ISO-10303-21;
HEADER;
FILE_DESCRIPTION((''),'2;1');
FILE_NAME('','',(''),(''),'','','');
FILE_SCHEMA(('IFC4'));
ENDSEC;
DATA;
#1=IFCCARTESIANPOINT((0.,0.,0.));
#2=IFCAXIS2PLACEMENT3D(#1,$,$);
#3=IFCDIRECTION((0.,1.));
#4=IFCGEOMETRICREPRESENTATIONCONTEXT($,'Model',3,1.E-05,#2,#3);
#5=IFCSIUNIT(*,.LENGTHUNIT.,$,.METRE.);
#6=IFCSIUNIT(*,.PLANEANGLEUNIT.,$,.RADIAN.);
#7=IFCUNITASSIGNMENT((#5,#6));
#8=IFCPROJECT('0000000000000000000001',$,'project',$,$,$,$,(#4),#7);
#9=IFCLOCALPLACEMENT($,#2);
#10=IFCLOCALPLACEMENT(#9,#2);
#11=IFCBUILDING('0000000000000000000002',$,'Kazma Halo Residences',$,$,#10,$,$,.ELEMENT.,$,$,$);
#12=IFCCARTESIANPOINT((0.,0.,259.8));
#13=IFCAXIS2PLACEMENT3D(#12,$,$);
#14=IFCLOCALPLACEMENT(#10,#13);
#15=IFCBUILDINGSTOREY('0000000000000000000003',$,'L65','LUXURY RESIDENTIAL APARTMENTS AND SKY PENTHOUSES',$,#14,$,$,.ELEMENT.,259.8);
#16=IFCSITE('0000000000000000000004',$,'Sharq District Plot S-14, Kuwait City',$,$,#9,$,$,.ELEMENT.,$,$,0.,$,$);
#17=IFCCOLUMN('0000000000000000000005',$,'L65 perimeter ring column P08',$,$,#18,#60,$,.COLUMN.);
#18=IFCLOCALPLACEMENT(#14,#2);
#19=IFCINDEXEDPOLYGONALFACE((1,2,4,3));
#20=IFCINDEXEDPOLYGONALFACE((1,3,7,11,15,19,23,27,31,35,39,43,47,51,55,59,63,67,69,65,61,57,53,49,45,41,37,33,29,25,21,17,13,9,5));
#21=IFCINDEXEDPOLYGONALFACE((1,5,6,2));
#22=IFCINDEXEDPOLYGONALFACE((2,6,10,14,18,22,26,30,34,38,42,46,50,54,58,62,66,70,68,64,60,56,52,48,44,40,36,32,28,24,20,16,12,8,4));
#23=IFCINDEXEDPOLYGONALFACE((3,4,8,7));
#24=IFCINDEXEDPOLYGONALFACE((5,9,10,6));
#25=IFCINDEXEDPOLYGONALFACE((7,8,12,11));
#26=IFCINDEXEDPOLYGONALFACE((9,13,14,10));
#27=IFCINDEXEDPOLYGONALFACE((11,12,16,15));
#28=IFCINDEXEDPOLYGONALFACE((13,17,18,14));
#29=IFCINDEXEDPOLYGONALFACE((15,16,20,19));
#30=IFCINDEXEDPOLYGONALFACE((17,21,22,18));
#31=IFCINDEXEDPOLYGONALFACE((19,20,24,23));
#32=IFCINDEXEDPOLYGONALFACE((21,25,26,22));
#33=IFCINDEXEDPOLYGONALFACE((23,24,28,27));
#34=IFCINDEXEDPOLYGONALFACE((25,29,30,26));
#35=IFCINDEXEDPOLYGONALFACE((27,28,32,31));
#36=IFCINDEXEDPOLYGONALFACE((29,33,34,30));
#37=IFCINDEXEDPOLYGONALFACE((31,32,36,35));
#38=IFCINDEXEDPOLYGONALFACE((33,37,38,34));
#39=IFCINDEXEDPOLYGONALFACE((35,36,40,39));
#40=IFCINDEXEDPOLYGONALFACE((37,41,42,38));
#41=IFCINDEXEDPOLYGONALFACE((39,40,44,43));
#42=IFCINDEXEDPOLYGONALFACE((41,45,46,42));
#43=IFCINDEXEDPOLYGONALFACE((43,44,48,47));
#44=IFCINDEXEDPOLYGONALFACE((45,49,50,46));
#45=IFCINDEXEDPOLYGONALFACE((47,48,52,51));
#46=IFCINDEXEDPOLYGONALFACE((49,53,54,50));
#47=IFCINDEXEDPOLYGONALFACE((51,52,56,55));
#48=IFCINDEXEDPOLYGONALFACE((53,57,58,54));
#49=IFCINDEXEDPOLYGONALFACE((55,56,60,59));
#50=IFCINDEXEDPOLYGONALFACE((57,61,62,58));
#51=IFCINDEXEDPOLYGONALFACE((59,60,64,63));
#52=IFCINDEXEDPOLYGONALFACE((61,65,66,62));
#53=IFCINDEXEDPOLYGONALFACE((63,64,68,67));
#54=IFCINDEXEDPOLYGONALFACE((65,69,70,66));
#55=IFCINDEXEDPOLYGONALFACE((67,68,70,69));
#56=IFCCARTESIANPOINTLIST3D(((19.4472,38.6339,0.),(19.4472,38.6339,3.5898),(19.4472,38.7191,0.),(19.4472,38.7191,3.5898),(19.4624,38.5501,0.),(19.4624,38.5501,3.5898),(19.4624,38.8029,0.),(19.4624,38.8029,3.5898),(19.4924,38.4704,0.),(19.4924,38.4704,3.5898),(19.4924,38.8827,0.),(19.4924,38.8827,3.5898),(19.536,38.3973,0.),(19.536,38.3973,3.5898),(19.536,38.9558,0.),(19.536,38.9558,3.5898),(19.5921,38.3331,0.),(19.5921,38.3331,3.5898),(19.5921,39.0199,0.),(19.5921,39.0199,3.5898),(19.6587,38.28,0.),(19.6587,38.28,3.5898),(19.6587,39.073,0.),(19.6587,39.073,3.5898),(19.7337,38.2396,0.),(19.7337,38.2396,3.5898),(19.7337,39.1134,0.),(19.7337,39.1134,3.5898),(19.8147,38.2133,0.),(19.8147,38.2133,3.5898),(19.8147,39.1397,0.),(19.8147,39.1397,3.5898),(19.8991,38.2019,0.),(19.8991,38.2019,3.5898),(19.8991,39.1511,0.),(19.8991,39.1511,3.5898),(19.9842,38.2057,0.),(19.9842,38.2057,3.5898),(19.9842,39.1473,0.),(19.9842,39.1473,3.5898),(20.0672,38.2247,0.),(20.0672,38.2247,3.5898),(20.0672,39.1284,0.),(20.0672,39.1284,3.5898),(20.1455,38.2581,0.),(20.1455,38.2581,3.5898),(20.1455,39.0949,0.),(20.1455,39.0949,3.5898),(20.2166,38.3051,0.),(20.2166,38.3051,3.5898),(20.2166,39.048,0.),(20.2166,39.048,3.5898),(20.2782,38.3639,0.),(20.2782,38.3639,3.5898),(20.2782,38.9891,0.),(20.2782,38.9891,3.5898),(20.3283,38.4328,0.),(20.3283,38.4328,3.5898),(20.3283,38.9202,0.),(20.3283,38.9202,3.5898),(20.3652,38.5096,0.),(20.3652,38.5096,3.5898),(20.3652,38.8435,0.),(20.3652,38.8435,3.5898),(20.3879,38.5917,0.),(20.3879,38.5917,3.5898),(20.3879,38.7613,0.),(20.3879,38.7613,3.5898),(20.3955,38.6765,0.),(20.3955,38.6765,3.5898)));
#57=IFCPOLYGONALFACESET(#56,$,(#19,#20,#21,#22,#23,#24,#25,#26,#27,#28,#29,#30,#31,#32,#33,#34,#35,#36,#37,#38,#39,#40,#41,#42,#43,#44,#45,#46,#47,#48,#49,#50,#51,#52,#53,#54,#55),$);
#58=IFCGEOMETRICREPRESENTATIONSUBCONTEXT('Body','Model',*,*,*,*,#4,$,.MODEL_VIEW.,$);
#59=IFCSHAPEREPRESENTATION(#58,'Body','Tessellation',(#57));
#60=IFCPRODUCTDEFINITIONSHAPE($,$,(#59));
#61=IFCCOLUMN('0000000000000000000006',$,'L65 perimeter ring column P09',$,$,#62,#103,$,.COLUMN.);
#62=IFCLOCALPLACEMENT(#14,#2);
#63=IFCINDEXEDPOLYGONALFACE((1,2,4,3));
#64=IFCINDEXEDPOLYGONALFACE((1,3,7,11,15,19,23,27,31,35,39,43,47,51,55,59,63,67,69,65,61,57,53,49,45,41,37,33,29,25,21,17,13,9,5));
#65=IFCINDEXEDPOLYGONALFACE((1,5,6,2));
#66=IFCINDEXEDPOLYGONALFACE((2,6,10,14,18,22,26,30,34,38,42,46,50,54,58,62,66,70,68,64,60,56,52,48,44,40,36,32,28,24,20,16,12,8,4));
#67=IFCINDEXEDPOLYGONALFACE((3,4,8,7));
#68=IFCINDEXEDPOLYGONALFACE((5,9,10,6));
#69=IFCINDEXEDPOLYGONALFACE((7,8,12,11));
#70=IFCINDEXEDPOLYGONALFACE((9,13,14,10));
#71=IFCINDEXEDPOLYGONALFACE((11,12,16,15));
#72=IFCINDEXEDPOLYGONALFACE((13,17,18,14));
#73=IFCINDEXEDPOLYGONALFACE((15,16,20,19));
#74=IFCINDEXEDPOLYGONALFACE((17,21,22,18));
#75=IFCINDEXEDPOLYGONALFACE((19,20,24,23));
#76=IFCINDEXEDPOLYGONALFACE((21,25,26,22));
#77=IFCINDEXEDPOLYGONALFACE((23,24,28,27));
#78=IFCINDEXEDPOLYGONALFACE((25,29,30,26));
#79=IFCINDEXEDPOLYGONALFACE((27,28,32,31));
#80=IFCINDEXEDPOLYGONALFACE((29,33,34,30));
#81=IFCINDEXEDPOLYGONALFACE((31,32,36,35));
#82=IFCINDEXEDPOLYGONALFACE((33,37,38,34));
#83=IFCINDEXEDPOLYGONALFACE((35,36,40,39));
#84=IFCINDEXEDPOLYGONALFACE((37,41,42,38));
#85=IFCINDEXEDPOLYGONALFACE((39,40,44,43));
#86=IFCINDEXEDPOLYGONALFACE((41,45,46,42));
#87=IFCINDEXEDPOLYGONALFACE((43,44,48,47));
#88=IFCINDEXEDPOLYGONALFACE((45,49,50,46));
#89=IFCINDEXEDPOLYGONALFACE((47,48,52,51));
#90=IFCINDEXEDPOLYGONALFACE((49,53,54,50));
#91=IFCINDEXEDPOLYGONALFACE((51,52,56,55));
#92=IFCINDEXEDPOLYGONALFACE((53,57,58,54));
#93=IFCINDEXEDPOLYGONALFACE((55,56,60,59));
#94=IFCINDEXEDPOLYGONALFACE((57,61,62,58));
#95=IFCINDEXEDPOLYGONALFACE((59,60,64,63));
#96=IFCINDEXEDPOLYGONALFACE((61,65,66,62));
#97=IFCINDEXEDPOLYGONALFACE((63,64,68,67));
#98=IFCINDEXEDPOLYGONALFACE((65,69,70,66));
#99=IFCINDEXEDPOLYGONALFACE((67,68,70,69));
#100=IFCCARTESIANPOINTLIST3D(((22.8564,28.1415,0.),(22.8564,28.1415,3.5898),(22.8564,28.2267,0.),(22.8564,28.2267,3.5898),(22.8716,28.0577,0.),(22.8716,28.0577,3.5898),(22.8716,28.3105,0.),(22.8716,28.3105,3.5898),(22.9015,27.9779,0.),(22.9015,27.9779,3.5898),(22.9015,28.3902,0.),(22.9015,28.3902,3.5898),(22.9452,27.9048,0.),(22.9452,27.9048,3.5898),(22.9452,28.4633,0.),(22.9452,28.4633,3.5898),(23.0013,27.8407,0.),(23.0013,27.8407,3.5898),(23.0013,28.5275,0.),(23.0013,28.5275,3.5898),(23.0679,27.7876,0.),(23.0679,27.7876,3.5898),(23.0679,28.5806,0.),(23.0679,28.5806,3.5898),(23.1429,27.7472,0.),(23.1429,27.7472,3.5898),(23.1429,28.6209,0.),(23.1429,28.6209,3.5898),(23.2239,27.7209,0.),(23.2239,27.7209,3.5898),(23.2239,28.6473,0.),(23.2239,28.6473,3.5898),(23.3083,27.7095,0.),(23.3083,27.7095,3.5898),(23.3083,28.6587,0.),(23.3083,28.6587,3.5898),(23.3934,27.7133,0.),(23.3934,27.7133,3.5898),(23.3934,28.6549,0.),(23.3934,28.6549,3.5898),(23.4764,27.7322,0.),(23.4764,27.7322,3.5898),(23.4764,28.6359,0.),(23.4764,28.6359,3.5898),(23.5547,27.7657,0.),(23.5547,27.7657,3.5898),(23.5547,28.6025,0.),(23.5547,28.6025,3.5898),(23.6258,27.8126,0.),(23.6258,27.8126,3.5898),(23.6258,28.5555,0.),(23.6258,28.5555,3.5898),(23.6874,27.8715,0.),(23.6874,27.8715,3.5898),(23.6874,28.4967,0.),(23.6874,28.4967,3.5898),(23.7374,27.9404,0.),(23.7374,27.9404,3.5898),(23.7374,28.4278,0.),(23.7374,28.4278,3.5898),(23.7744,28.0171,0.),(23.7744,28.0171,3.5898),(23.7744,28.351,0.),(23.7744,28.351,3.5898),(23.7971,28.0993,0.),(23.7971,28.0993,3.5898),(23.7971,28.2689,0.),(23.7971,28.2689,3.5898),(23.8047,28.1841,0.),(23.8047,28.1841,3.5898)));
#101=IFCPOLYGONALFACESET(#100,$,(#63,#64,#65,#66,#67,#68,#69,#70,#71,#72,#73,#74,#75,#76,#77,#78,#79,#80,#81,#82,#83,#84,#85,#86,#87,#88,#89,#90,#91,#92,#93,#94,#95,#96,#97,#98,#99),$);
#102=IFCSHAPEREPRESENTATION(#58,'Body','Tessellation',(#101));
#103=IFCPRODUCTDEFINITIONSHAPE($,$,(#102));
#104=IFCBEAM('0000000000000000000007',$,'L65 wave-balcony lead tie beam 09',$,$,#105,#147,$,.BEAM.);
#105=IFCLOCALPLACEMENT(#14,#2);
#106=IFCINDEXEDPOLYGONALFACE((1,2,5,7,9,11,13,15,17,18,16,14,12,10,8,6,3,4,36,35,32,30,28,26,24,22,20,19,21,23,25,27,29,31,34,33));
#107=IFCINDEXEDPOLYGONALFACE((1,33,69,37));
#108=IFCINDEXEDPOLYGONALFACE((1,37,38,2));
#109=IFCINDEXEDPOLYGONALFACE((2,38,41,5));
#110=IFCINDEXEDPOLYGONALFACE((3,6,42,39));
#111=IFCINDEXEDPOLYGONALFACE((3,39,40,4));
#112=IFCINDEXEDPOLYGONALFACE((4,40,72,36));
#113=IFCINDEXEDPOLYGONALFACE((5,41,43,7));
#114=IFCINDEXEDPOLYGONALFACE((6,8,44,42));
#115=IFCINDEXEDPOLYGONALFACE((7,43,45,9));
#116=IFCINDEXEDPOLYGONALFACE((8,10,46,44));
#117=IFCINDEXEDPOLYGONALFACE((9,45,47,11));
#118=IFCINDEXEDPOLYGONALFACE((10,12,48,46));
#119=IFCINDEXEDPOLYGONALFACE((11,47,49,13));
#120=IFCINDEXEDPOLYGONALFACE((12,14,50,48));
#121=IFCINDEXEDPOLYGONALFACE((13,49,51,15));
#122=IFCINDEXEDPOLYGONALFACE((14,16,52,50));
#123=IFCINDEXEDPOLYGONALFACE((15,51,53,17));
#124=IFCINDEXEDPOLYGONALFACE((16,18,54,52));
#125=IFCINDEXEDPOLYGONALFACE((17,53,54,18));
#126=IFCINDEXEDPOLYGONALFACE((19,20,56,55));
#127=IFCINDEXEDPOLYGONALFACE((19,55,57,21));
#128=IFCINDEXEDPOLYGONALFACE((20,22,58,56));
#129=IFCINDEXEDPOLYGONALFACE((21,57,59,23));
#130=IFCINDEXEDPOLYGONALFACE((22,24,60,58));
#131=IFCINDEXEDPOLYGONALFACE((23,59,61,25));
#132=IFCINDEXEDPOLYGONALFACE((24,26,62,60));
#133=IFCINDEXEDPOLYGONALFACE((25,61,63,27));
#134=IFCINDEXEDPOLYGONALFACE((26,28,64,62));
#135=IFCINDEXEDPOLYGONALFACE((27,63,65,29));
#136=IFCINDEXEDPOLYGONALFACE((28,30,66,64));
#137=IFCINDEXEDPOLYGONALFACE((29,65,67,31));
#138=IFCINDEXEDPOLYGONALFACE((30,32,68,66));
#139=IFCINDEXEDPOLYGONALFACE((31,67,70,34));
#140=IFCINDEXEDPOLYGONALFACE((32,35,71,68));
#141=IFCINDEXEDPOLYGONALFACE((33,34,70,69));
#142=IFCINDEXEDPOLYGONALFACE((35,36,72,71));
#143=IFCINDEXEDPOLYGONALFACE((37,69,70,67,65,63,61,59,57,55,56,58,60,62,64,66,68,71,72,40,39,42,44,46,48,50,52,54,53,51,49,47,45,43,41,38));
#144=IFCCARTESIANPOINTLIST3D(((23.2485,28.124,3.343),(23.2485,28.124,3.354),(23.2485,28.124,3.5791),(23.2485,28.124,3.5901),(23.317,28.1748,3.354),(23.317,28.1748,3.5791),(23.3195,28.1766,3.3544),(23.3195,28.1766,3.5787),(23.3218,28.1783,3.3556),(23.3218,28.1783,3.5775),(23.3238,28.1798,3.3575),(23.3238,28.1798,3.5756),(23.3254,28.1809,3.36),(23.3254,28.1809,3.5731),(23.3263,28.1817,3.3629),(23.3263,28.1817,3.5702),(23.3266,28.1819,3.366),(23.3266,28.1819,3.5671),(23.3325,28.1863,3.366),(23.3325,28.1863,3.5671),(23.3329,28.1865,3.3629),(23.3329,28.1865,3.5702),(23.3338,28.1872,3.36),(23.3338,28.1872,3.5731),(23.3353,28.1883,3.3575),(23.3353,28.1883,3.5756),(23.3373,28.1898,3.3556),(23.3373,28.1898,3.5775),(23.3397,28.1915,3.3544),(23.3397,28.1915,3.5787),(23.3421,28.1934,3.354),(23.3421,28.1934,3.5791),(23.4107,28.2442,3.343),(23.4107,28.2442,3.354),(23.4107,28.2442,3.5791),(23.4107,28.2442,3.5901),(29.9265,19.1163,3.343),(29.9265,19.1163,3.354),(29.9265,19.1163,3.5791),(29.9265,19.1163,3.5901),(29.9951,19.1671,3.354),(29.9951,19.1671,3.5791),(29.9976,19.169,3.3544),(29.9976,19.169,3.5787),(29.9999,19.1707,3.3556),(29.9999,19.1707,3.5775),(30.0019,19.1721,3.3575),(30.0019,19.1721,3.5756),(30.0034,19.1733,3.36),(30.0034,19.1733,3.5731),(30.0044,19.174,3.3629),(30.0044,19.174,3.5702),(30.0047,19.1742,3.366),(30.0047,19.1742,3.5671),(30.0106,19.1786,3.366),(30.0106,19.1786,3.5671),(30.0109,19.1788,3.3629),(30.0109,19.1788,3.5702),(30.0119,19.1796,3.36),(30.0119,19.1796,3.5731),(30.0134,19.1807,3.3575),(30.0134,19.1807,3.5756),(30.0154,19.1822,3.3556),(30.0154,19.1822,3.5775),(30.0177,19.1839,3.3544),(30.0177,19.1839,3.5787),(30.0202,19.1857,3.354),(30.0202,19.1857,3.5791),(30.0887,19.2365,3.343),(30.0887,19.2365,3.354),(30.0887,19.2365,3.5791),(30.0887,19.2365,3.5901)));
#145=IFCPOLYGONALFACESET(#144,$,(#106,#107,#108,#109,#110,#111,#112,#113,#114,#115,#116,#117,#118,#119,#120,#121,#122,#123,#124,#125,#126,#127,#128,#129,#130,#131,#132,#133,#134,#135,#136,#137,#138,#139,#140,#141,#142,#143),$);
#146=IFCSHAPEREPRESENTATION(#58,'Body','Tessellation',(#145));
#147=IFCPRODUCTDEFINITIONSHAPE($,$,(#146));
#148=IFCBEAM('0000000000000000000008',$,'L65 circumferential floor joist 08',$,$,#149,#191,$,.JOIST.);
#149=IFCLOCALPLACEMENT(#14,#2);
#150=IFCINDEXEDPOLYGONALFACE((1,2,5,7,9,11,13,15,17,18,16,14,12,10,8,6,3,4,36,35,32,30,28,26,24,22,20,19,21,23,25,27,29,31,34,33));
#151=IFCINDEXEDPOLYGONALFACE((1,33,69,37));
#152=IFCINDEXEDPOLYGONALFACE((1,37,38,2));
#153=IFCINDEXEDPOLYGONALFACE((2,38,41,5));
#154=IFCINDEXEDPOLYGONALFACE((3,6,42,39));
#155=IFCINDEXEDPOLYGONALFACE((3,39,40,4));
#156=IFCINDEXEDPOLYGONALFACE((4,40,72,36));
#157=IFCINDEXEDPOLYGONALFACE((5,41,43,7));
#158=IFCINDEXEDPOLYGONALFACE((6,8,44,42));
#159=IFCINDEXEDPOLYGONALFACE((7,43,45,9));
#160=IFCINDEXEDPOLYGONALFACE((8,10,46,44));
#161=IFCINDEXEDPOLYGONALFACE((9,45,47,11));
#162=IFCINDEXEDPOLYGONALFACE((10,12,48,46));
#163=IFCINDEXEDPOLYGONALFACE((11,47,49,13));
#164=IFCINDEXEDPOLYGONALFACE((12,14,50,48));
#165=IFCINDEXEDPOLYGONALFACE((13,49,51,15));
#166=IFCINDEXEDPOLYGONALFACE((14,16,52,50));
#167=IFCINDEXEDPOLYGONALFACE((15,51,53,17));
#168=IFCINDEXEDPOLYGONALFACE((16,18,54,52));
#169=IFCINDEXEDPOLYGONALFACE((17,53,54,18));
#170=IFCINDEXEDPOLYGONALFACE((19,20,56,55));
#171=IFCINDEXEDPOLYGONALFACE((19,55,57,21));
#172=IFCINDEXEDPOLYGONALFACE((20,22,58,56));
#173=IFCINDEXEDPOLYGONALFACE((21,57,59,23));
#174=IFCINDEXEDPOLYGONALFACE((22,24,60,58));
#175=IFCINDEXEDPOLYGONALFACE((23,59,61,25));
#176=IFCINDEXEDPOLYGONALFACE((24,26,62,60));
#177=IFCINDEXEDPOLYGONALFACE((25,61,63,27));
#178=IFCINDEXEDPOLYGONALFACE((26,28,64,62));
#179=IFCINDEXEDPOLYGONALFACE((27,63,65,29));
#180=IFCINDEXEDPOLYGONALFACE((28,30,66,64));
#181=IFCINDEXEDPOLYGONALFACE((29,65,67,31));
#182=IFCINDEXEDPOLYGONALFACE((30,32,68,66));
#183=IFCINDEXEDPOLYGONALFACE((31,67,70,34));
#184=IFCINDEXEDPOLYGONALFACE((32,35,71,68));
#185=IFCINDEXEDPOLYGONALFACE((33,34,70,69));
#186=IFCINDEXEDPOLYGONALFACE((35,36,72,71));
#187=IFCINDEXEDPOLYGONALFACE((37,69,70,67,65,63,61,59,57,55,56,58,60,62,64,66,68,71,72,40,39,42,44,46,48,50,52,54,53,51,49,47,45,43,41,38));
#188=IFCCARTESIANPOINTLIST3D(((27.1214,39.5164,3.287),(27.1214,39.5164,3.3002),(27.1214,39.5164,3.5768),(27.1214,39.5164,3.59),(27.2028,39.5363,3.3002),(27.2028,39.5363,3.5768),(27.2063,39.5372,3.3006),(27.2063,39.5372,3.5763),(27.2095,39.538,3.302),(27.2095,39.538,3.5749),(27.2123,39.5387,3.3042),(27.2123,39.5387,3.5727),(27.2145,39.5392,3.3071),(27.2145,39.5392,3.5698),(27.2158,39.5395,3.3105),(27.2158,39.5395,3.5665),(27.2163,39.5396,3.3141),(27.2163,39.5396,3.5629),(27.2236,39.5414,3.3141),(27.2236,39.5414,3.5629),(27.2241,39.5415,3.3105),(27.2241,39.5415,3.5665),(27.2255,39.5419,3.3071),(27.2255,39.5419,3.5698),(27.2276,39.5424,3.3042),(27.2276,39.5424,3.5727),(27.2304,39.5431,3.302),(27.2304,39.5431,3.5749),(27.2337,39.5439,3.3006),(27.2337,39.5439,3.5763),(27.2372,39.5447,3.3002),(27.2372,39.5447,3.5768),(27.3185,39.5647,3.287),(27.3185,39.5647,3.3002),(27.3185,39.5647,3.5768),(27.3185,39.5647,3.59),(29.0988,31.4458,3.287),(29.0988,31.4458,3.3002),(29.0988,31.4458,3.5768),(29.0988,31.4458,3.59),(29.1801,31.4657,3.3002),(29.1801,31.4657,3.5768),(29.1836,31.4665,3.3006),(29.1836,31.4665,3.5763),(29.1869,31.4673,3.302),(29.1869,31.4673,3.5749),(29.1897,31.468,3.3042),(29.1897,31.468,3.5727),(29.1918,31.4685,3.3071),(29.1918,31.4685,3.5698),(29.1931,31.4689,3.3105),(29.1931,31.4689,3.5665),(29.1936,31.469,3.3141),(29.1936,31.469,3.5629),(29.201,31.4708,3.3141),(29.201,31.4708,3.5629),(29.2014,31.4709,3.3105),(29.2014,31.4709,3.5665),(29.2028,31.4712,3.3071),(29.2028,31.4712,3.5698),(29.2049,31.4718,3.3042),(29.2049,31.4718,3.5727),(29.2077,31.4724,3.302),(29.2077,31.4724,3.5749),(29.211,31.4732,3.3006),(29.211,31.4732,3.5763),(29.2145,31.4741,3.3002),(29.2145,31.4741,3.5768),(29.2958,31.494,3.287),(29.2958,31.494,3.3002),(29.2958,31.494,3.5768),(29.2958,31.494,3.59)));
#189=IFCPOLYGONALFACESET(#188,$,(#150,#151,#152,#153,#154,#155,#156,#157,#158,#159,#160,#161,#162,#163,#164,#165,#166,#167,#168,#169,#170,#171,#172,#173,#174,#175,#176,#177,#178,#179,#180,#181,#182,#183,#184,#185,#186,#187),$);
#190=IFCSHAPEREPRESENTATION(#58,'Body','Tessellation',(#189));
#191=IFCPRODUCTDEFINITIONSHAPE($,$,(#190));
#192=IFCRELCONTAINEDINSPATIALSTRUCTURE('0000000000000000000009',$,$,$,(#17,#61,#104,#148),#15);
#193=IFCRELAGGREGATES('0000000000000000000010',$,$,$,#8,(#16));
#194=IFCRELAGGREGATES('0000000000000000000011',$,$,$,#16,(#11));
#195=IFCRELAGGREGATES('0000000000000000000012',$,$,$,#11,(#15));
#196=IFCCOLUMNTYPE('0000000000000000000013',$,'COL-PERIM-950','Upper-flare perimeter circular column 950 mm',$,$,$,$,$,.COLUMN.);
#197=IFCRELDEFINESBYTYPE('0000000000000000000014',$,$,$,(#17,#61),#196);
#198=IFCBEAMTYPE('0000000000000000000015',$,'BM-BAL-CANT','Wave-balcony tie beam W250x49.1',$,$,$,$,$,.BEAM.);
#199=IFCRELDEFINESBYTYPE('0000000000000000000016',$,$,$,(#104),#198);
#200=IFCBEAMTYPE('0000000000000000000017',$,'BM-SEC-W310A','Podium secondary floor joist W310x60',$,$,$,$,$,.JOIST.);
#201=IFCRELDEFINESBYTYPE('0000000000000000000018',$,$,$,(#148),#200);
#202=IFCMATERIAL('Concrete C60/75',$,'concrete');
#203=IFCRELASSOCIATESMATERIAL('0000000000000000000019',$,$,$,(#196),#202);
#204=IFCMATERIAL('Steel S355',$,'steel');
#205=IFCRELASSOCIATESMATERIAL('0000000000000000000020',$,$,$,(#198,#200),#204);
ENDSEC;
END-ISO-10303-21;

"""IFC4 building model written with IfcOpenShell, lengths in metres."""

from ifc_helpers import new_model, si_unit, direction, frame, origin, origin_2d, place, context, subcontext, project, spatial, circle, i_section, extrude, material, material_profile, profile_set, type_object, element, save


model = new_model("IFC4")

# Units and contexts
model_context = context("Model", 3, precision=1e-05, world=origin(), true_north=direction((0.0, 1.0)))
body_context = subcontext(model_context, "Body", "Model", "MODEL_VIEW")
ifc_project = project(units=[si_unit("LENGTHUNIT", "METRE"), si_unit("PLANEANGLEUNIT", "RADIAN")], contexts=[model_context])

# Site, building, storey
site_placement = place(None, origin())
site = spatial("IfcSite", under=ifc_project, at=site_placement, Name="Sharq District Plot S-14, Kuwait City", CompositionType="ELEMENT", RefElevation=0.0)
building_placement = place(site_placement, origin())
building = spatial("IfcBuilding", under=site, at=building_placement, Name="Kazma Halo Residences", CompositionType="ELEMENT")
storey_placement = place(building_placement, frame((0.0, 0.0, 259.8)))
storey = spatial("IfcBuildingStorey", under=building, at=storey_placement, Name="L65", Description="LUXURY RESIDENTIAL APARTMENTS AND SKY PENTHOUSES", CompositionType="ELEMENT", Elevation=259.8)

# Columns
ifc_material_1 = material(Name="Concrete C60/75", Category="concrete")
ifc_material_profile_1 = material_profile(ifc_material_1, circle(Radius=0.4751, at=origin_2d()), Name="CIRC950")
ifc_profile_set_1 = profile_set([ifc_material_profile_1], Name="Concrete C60/75")
column_type = type_object("IfcColumnType", Name="COL-PERIM-950", Description="Upper-flare perimeter circular column 950 mm", PredefinedType="COLUMN", material=ifc_profile_set_1)
for number, where, z_axis, x_axis, name in (
    (1, (19.9204, 38.6765, 0.0), (0.0, 0.0, 1.0), (1.0, 0.0, 0.0), "L65 perimeter ring column P08"),
    (2, (23.3296, 28.1841, 0.0), (0.0, 0.0, 1.0), (1.0, 0.0, 0.0), "L65 perimeter ring column P09"),
):
    element("IfcColumn", number, at=place(storey_placement, frame(where, z_axis=z_axis, x_axis=x_axis)), inside=storey, type_object=column_type, Name=name, PredefinedType="COLUMN", context=body_context, shape_type="SweptSolid", body=[
        extrude(circle(Radius=0.4751, at=origin_2d()), origin(), (0.0, 0.0, 1.0), 3.5898),
    ])

# Beams
ifc_material_2 = material(Name="Steel S355", Category="steel")
ifc_material_profile_2 = material_profile(ifc_material_2, i_section(OverallWidth=0.2019, OverallDepth=0.2471, WebThickness=0.0073, FlangeThickness=0.011, FilletRadius=0.012, at=origin_2d()), Name="W250x49.1")
ifc_profile_set_2 = profile_set([ifc_material_profile_2], Name="Steel S355")
beam_type_1 = type_object("IfcBeamType", Name="BM-BAL-CANT", Description="Wave-balcony tie beam W250x49.1", PredefinedType="BEAM", material=ifc_profile_set_2)
beam_1_placement = place(storey_placement, frame((23.3296, 28.1841, 3.4666), z_axis=(0.595556, -0.803314, 0.0), x_axis=(0.803314, 0.595556, 0.0)))
element("IfcBeam", 3, at=beam_1_placement, inside=storey, type_object=beam_type_1, Name="L65 wave-balcony lead tie beam 09", PredefinedType="BEAM", context=body_context, shape_type="SweptSolid", body=[
    extrude(i_section(OverallWidth=0.2019, OverallDepth=0.2471, WebThickness=0.0073, FlangeThickness=0.011, FilletRadius=0.012, at=origin_2d()), origin(), (0.0, 0.0, 1.0), 11.2131),
])
ifc_material_profile_3 = material_profile(ifc_material_2, i_section(OverallWidth=0.2029, OverallDepth=0.303, WebThickness=0.0076, FlangeThickness=0.0132, FilletRadius=0.0139, at=origin_2d()), Name="W310x60")
ifc_profile_set_3 = profile_set([ifc_material_profile_3], Name="Steel S355")
beam_type_2 = type_object("IfcBeamType", Name="BM-SEC-W310A", Description="Podium secondary floor joist W310x60", PredefinedType="JOIST", material=ifc_profile_set_3)
beam_2_placement = place(storey_placement, frame((27.22, 39.5405, 3.4385), z_axis=(0.237963, -0.971274, 0.0), x_axis=(0.971274, 0.237963, 0.0)))
element("IfcBeam", 4, at=beam_2_placement, inside=storey, type_object=beam_type_2, Name="L65 circumferential floor joist 08", PredefinedType="JOIST", context=body_context, shape_type="SweptSolid", body=[
    extrude(i_section(OverallWidth=0.2029, OverallDepth=0.303, WebThickness=0.0076, FlangeThickness=0.0132, FilletRadius=0.0139, at=origin_2d()), origin(), (0.0, 0.0, 1.0), 8.3093),
])

save(model, "model.ifc")
